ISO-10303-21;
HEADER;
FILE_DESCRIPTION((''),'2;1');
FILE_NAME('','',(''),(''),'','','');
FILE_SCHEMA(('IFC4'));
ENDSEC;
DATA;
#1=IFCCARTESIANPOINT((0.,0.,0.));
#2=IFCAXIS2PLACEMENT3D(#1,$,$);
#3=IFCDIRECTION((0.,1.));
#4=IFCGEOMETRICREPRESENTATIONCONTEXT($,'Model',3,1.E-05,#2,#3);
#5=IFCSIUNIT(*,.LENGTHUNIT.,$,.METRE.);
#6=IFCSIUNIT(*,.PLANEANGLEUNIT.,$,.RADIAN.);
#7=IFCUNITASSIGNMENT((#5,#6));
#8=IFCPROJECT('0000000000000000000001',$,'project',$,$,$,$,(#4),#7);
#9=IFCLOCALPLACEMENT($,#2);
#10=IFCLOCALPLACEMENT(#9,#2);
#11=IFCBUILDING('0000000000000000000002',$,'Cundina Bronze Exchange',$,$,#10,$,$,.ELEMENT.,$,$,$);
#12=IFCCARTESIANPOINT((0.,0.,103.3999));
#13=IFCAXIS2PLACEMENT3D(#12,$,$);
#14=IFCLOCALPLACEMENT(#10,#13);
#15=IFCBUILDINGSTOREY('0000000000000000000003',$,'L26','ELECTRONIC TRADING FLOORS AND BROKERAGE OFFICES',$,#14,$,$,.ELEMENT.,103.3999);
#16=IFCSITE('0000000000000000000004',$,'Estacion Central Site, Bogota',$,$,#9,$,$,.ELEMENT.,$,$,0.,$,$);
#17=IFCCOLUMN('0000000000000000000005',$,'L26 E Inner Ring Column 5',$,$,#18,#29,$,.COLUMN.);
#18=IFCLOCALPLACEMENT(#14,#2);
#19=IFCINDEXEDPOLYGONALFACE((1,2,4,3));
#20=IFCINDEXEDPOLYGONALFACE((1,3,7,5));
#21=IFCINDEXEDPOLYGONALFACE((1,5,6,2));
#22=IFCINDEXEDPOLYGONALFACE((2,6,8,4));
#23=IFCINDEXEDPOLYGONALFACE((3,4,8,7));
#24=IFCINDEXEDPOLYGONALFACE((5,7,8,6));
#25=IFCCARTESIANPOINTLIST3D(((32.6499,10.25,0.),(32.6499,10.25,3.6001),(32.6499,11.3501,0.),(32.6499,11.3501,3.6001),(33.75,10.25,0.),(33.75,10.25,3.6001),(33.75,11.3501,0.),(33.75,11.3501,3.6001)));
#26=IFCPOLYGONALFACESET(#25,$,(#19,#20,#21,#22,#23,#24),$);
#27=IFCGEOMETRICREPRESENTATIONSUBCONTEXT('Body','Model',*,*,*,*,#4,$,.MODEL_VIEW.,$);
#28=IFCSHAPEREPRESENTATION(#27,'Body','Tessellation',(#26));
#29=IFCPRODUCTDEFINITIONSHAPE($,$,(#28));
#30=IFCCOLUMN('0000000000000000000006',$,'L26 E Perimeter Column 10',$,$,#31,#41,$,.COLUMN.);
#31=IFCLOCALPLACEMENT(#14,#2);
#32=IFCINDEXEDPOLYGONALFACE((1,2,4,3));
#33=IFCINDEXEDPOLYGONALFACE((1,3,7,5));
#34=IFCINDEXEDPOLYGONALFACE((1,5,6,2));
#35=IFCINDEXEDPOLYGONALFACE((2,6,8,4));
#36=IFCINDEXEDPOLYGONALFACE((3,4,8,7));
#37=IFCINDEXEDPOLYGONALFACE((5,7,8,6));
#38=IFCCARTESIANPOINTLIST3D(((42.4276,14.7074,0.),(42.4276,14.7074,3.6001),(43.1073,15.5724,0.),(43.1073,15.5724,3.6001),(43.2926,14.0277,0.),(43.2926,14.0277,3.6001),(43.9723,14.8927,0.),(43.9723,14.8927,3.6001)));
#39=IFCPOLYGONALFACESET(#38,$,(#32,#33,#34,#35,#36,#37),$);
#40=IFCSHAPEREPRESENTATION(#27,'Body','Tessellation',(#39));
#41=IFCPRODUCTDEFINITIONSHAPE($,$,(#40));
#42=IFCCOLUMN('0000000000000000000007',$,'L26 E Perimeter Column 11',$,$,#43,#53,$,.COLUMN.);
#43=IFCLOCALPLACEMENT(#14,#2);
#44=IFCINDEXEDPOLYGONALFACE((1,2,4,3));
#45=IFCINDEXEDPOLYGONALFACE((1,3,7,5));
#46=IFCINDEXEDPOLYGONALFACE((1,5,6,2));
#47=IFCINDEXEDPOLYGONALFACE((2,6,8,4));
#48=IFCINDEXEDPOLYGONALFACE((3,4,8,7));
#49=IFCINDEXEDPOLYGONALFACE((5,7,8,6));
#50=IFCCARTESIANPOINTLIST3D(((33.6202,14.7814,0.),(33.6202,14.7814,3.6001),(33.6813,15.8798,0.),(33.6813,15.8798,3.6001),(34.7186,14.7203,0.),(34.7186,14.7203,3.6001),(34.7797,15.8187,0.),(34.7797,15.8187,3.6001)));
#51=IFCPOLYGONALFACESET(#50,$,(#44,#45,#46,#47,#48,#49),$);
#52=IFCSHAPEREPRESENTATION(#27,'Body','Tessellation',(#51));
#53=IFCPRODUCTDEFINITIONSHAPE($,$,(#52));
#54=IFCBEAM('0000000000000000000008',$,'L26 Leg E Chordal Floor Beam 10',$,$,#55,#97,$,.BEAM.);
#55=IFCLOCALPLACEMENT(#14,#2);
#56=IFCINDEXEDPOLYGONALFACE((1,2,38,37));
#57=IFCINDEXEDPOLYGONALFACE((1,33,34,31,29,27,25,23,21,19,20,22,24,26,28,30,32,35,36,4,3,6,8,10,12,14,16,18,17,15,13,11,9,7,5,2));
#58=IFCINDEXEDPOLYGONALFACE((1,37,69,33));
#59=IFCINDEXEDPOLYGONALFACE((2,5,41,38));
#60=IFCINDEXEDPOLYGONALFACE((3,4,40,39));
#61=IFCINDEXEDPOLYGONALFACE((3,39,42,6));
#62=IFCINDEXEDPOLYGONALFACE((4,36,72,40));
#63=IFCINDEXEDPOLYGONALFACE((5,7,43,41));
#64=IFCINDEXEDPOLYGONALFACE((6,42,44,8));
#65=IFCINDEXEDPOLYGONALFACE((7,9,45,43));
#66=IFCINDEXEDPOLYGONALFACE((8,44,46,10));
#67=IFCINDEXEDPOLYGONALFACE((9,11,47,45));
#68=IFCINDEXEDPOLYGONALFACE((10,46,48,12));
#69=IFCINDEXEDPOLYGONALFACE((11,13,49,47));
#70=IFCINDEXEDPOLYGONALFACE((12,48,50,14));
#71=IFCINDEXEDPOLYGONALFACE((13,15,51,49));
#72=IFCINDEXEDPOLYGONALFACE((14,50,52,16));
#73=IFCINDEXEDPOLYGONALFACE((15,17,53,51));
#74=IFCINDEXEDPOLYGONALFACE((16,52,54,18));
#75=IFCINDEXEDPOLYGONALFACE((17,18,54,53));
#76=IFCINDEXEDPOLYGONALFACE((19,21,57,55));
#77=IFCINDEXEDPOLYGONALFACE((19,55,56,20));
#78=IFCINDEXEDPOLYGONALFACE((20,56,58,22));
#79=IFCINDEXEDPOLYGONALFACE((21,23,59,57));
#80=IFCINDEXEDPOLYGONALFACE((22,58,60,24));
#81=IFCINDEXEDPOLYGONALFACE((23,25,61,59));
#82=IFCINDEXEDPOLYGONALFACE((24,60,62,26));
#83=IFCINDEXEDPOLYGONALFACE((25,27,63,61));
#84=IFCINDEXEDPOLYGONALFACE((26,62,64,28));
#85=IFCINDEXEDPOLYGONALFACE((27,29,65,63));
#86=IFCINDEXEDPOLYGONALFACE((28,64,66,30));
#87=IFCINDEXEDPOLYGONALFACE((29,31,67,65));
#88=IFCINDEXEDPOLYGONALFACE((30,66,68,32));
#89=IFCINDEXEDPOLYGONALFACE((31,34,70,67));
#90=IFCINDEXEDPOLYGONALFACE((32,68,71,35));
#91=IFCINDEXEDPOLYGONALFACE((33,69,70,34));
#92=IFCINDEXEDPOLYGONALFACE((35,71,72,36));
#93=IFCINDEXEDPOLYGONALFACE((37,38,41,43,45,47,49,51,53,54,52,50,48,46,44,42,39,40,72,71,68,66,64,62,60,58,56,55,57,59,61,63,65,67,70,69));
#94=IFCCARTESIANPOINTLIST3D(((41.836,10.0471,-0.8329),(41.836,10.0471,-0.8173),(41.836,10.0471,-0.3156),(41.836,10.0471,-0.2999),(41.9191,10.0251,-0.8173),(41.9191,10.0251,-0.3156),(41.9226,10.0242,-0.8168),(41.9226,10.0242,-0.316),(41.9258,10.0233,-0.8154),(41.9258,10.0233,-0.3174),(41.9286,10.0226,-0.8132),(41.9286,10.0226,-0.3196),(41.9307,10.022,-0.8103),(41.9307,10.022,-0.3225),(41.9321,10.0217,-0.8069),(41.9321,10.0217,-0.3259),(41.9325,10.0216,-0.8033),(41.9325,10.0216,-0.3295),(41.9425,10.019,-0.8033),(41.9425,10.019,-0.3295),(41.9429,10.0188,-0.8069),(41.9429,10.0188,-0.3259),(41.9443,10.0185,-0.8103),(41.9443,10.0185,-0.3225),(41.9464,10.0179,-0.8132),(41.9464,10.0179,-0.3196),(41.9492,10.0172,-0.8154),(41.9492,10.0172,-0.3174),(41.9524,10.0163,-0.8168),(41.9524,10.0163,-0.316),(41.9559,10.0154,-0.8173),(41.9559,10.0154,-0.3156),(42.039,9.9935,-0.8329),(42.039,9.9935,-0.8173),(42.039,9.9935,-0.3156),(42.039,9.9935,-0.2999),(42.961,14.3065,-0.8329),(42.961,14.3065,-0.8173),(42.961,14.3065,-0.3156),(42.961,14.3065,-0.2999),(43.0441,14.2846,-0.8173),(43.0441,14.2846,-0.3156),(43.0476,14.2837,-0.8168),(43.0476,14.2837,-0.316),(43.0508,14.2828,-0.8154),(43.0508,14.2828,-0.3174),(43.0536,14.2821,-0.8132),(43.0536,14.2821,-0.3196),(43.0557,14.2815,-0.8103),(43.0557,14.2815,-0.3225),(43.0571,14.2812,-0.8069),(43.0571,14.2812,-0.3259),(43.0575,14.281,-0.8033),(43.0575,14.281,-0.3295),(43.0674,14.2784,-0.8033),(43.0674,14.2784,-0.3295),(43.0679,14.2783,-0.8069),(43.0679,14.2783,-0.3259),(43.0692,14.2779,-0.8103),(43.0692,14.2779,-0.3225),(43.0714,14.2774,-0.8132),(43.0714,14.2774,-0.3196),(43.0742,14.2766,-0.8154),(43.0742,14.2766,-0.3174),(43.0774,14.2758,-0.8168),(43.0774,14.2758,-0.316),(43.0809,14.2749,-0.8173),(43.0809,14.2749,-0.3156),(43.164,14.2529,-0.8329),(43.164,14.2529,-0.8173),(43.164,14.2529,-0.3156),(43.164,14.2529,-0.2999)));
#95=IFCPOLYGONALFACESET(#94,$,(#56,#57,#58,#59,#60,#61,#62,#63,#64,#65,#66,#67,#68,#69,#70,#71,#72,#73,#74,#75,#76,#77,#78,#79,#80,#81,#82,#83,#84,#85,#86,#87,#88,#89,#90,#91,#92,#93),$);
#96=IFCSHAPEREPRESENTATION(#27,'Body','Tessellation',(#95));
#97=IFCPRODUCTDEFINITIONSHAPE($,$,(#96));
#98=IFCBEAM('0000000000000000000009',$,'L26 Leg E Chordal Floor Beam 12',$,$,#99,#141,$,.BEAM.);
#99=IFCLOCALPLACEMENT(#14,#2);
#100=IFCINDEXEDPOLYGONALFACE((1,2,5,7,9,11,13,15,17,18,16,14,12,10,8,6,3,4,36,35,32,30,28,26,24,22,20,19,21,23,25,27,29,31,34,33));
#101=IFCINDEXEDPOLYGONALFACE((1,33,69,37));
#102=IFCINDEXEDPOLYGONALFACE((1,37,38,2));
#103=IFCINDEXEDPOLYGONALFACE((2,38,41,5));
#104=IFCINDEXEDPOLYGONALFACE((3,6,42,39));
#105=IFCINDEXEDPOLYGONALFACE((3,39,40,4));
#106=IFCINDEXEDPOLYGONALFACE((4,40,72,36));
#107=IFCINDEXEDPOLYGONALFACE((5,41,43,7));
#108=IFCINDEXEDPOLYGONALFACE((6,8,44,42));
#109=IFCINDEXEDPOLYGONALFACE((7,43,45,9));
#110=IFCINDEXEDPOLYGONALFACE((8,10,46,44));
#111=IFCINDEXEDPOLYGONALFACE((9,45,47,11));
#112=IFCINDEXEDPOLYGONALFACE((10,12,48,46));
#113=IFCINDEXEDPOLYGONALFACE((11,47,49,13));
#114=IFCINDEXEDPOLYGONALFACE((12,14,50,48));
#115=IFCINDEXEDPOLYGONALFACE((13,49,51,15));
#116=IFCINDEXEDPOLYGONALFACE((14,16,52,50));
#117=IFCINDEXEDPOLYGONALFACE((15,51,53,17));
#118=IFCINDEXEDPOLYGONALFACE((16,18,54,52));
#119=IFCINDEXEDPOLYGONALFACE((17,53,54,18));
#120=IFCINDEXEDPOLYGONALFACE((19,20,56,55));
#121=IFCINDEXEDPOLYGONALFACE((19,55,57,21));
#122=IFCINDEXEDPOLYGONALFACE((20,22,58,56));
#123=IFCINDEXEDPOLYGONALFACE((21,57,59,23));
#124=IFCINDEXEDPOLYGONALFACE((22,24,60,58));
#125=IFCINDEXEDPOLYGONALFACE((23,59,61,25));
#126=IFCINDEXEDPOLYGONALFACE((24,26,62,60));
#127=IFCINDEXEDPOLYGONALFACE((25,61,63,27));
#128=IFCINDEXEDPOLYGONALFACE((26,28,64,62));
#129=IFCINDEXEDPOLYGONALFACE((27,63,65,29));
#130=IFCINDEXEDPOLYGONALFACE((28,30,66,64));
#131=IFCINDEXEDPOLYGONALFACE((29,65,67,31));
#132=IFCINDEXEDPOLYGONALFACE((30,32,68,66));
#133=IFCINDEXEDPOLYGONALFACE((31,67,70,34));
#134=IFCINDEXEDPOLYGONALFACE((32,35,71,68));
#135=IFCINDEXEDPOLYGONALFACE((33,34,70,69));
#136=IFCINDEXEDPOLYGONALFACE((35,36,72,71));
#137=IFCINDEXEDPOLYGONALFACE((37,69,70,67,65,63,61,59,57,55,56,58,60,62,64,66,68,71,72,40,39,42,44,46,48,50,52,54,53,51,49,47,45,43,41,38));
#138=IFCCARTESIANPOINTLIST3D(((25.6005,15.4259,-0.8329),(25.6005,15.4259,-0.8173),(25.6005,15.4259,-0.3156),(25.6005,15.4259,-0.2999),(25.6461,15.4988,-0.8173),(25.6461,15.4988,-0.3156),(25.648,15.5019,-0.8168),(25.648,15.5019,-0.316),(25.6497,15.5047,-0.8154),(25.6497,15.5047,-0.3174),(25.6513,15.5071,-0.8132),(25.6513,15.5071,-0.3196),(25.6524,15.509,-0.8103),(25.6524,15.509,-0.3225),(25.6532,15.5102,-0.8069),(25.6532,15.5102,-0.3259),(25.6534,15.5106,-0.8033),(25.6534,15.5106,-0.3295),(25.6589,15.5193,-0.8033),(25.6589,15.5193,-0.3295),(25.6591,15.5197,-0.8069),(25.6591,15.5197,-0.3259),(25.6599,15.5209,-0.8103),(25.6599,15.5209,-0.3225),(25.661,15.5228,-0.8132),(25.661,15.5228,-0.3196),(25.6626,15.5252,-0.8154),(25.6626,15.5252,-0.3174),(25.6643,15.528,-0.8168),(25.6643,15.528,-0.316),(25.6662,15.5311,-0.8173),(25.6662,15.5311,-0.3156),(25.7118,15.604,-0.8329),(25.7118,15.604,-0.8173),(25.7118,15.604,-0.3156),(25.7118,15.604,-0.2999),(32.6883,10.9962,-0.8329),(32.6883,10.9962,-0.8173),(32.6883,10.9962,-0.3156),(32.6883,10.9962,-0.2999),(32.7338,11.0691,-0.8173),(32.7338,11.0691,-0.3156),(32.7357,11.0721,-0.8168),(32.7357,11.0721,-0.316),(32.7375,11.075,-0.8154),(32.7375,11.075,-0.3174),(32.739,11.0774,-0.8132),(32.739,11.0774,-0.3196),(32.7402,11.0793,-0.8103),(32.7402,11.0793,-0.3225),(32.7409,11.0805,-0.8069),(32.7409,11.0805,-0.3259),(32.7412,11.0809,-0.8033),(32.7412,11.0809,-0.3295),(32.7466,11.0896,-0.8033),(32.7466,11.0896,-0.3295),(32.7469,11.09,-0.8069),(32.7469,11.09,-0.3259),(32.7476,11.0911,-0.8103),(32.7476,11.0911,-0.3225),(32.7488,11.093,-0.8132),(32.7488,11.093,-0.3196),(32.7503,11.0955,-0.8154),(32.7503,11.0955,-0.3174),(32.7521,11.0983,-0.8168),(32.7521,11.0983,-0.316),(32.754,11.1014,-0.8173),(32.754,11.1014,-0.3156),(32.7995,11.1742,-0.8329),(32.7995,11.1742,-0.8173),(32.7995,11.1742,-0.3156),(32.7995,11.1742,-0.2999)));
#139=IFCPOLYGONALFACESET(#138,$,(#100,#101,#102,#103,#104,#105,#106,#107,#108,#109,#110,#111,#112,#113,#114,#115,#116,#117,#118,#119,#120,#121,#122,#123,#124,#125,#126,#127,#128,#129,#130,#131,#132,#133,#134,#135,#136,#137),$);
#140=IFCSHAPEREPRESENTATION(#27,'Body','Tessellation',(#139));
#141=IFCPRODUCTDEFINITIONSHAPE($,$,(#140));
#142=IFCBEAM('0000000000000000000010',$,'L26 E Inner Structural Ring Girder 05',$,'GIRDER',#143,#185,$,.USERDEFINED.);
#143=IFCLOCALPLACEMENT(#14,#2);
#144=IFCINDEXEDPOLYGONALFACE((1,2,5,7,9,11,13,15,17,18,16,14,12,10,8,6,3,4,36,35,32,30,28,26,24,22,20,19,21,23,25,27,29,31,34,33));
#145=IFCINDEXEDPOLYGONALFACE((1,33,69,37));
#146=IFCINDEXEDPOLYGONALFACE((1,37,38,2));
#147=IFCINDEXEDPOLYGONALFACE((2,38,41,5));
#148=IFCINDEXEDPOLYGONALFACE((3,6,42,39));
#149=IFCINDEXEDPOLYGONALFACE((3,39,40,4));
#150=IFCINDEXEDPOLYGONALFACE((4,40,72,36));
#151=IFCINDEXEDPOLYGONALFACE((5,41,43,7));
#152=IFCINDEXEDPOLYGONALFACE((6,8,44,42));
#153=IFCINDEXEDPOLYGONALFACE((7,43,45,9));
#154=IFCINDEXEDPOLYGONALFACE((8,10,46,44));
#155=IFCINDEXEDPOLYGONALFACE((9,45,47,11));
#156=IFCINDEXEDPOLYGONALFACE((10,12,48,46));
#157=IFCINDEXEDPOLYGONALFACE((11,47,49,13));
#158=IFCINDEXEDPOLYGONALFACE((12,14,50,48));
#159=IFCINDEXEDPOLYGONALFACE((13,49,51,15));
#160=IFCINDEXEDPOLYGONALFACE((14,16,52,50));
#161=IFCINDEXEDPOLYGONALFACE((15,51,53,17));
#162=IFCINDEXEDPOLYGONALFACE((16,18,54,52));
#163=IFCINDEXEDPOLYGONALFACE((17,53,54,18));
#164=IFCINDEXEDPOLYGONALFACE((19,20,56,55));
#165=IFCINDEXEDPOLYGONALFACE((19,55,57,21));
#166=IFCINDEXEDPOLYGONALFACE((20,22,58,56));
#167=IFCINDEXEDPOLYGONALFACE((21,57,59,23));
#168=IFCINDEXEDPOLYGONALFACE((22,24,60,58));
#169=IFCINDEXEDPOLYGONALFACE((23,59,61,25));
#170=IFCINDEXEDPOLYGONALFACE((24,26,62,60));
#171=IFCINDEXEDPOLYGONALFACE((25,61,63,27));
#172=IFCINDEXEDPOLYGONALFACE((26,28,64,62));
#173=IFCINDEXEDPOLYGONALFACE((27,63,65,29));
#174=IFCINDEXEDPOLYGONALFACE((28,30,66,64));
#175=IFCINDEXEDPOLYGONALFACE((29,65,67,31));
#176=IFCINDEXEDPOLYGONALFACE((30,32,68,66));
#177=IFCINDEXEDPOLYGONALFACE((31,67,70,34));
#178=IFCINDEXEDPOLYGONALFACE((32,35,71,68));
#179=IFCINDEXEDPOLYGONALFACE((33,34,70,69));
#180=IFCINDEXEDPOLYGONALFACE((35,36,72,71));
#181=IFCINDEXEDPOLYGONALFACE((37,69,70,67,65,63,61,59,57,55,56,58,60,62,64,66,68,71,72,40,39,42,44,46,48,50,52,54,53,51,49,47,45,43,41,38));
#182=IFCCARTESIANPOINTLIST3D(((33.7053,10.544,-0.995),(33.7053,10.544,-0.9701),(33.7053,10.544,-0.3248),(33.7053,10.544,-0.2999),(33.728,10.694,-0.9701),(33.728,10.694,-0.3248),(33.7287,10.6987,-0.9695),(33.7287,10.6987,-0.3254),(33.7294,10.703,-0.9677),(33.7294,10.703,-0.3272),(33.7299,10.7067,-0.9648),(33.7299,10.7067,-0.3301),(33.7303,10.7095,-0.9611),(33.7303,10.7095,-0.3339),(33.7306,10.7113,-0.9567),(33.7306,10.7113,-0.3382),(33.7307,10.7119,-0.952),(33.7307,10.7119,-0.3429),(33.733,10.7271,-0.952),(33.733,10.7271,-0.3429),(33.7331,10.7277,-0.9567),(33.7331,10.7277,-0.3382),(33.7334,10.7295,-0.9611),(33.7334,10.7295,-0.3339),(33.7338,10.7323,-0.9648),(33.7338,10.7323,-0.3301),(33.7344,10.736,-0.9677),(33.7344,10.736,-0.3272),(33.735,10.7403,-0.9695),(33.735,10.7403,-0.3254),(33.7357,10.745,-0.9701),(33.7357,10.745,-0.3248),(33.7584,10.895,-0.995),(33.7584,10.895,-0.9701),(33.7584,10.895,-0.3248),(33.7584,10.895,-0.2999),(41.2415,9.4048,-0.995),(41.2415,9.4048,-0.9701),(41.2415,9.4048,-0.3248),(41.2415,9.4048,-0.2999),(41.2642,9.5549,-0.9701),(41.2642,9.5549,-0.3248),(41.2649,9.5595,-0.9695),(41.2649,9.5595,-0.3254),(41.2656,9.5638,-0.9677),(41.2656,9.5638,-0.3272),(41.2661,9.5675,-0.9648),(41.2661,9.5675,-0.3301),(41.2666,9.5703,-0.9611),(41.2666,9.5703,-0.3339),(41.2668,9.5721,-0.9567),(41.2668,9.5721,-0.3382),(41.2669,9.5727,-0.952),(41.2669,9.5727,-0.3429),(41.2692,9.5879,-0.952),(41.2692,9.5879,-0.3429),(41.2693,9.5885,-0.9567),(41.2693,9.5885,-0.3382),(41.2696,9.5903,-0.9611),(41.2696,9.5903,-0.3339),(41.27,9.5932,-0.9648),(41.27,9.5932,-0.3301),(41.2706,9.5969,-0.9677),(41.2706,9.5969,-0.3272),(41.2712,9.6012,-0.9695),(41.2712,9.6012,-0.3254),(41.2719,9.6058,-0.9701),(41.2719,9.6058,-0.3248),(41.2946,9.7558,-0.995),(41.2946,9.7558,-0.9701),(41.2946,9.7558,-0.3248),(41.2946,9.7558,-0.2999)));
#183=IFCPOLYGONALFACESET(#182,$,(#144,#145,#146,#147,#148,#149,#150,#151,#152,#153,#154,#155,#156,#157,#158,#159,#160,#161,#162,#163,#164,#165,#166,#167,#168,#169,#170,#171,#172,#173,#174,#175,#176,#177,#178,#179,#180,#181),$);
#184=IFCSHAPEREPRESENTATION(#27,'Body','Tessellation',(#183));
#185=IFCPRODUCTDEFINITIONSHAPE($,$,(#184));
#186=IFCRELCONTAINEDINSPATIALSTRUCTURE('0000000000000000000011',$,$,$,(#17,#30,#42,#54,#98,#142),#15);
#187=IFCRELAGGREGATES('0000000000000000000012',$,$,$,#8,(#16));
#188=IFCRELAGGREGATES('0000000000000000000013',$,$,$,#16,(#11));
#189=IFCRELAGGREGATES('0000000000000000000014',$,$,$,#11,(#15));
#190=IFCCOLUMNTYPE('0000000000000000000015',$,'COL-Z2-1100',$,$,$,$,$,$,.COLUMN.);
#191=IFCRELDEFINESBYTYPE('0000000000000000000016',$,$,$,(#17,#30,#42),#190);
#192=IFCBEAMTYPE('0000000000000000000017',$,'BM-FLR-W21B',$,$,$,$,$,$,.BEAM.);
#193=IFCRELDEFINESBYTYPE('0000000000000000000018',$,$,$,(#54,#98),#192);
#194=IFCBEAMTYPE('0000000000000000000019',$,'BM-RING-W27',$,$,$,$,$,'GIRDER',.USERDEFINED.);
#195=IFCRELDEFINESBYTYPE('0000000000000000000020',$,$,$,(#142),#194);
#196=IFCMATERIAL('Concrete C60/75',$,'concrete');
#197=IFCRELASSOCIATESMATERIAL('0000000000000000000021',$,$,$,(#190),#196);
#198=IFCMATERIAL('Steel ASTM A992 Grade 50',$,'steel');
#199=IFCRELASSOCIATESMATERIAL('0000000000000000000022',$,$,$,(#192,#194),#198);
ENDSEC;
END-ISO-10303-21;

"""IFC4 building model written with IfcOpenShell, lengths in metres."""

from ifc_helpers import new_model, si_unit, direction, frame, origin, origin_2d, place, context, subcontext, project, spatial, rectangle, i_section, extrude, material, material_profile, profile_set, type_object, element, save


model = new_model("IFC4")

# Units and contexts
model_context = context("Model", 3, precision=1e-05, world=origin(), true_north=direction((0.0, 1.0)))
body_context = subcontext(model_context, "Body", "Model", "MODEL_VIEW")
ifc_project = project(units=[si_unit("LENGTHUNIT", "METRE"), si_unit("PLANEANGLEUNIT", "RADIAN")], contexts=[model_context])

# Site, building, storey
site_placement = place(None, origin())
site = spatial("IfcSite", under=ifc_project, at=site_placement, Name="Estacion Central Site, Bogota", CompositionType="ELEMENT", RefElevation=0.0)
building_placement = place(site_placement, origin())
building = spatial("IfcBuilding", under=site, at=building_placement, Name="Cundina Bronze Exchange", CompositionType="ELEMENT")
storey_placement = place(building_placement, frame((0.0, 0.0, 103.3999)))
storey = spatial("IfcBuildingStorey", under=building, at=storey_placement, Name="L26", Description="ELECTRONIC TRADING FLOORS AND BROKERAGE OFFICES", CompositionType="ELEMENT", Elevation=103.3999)

# Columns
ifc_material_1 = material(Name="Concrete C60/75", Category="concrete")
ifc_material_profile_1 = material_profile(ifc_material_1, rectangle(XDim=1.1001, YDim=1.1001, at=origin_2d()), Name="RC1100X1100", Category="concrete")
ifc_profile_set_1 = profile_set([ifc_material_profile_1], Name="Concrete C60/75")
column_type = type_object("IfcColumnType", Name="COL-Z2-1100", PredefinedType="COLUMN", material=ifc_profile_set_1)
for number, where, z_axis, x_axis, name in (
    (1, (33.2, 10.8, 0.0), (0.0, 0.0, 1.0), (1.0, 0.0, 0.0), "L26 E Inner Ring Column 5"),
    (2, (43.2, 14.8, 0.0), (0.0, 0.0, 1.0), (-0.786288, 0.61786, 0.0), "L26 E Perimeter Column 10"),
    (3, (34.2, 15.3, 0.0), (0.0, 0.0, 1.0), (-0.99846, 0.055473, 0.0), "L26 E Perimeter Column 11"),
):
    element("IfcColumn", number, at=place(storey_placement, frame(where, z_axis=z_axis, x_axis=x_axis)), inside=storey, type_object=column_type, Name=name, PredefinedType="COLUMN", context=body_context, shape_type="SweptSolid", body=[
        extrude(rectangle(XDim=1.1001, YDim=1.1001, at=origin_2d()), origin(), (0.0, 0.0, 1.0), 3.6001),
    ])

# Beams
ifc_material_2 = material(Name="Steel ASTM A992 Grade 50", Category="steel")
ifc_material_profile_2 = material_profile(ifc_material_2, i_section(OverallWidth=0.21, OverallDepth=0.533, WebThickness=0.0103, FlangeThickness=0.0156, FilletRadius=0.0139, at=origin_2d()), Name="W21X62", Category="steel")
ifc_profile_set_2 = profile_set([ifc_material_profile_2], Name="Steel ASTM A992 Grade 50")
beam_type_1 = type_object("IfcBeamType", Name="BM-FLR-W21B", PredefinedType="BEAM", material=ifc_profile_set_2)
beam_1_placement = place(storey_placement, frame((41.9375, 10.0203, -0.5664), z_axis=(0.255358, 0.966847, 0.0), x_axis=(-0.966847, 0.255358, 0.0)))
element("IfcBeam", 4, at=beam_1_placement, inside=storey, type_object=beam_type_1, Name="L26 Leg E Chordal Floor Beam 10", PredefinedType="BEAM", context=body_context, shape_type="SweptSolid", body=[
    extrude(i_section(OverallWidth=0.21, OverallDepth=0.533, WebThickness=0.0103, FlangeThickness=0.0156, FilletRadius=0.0139, at=origin_2d()), origin(), (0.0, 0.0, 1.0), 4.4055),
])
beam_2_placement = place(storey_placement, frame((32.7439, 11.0852, -0.5664), z_axis=(-0.848003, 0.529991, 0.0), x_axis=(-0.529991, -0.848003, 0.0)))
element("IfcBeam", 5, at=beam_2_placement, inside=storey, type_object=beam_type_1, Name="L26 Leg E Chordal Floor Beam 12", PredefinedType="BEAM", context=body_context, shape_type="SweptSolid", body=[
    extrude(i_section(OverallWidth=0.21, OverallDepth=0.533, WebThickness=0.0103, FlangeThickness=0.0156, FilletRadius=0.0139, at=origin_2d()), origin(), (0.0, 0.0, 1.0), 8.3582),
])
ifc_material_profile_3 = material_profile(ifc_material_2, i_section(OverallWidth=0.355, OverallDepth=0.6951, WebThickness=0.0154, FlangeThickness=0.0249, FilletRadius=0.0181, at=origin_2d()), Name="W27X146", Category="steel")
ifc_profile_set_3 = profile_set([ifc_material_profile_3], Name="Steel ASTM A992 Grade 50")
beam_type_2 = type_object("IfcBeamType", Name="BM-RING-W27", ElementType="GIRDER", PredefinedType="USERDEFINED", material=ifc_profile_set_3)
beam_3_placement = place(storey_placement, frame((41.2681, 9.5803, -0.6475), z_axis=(-0.988767, 0.149462, 0.0), x_axis=(-0.149462, -0.988767, 0.0)))
element("IfcBeam", 6, at=beam_3_placement, inside=storey, type_object=beam_type_2, Name="L26 E Inner Structural Ring Girder 05", ObjectType="GIRDER", PredefinedType="USERDEFINED", context=body_context, shape_type="SweptSolid", body=[
    extrude(i_section(OverallWidth=0.355, OverallDepth=0.6951, WebThickness=0.0154, FlangeThickness=0.0249, FilletRadius=0.0181, at=origin_2d()), origin(), (0.0, 0.0, 1.0), 7.6218),
])

save(model, "model.ifc")
